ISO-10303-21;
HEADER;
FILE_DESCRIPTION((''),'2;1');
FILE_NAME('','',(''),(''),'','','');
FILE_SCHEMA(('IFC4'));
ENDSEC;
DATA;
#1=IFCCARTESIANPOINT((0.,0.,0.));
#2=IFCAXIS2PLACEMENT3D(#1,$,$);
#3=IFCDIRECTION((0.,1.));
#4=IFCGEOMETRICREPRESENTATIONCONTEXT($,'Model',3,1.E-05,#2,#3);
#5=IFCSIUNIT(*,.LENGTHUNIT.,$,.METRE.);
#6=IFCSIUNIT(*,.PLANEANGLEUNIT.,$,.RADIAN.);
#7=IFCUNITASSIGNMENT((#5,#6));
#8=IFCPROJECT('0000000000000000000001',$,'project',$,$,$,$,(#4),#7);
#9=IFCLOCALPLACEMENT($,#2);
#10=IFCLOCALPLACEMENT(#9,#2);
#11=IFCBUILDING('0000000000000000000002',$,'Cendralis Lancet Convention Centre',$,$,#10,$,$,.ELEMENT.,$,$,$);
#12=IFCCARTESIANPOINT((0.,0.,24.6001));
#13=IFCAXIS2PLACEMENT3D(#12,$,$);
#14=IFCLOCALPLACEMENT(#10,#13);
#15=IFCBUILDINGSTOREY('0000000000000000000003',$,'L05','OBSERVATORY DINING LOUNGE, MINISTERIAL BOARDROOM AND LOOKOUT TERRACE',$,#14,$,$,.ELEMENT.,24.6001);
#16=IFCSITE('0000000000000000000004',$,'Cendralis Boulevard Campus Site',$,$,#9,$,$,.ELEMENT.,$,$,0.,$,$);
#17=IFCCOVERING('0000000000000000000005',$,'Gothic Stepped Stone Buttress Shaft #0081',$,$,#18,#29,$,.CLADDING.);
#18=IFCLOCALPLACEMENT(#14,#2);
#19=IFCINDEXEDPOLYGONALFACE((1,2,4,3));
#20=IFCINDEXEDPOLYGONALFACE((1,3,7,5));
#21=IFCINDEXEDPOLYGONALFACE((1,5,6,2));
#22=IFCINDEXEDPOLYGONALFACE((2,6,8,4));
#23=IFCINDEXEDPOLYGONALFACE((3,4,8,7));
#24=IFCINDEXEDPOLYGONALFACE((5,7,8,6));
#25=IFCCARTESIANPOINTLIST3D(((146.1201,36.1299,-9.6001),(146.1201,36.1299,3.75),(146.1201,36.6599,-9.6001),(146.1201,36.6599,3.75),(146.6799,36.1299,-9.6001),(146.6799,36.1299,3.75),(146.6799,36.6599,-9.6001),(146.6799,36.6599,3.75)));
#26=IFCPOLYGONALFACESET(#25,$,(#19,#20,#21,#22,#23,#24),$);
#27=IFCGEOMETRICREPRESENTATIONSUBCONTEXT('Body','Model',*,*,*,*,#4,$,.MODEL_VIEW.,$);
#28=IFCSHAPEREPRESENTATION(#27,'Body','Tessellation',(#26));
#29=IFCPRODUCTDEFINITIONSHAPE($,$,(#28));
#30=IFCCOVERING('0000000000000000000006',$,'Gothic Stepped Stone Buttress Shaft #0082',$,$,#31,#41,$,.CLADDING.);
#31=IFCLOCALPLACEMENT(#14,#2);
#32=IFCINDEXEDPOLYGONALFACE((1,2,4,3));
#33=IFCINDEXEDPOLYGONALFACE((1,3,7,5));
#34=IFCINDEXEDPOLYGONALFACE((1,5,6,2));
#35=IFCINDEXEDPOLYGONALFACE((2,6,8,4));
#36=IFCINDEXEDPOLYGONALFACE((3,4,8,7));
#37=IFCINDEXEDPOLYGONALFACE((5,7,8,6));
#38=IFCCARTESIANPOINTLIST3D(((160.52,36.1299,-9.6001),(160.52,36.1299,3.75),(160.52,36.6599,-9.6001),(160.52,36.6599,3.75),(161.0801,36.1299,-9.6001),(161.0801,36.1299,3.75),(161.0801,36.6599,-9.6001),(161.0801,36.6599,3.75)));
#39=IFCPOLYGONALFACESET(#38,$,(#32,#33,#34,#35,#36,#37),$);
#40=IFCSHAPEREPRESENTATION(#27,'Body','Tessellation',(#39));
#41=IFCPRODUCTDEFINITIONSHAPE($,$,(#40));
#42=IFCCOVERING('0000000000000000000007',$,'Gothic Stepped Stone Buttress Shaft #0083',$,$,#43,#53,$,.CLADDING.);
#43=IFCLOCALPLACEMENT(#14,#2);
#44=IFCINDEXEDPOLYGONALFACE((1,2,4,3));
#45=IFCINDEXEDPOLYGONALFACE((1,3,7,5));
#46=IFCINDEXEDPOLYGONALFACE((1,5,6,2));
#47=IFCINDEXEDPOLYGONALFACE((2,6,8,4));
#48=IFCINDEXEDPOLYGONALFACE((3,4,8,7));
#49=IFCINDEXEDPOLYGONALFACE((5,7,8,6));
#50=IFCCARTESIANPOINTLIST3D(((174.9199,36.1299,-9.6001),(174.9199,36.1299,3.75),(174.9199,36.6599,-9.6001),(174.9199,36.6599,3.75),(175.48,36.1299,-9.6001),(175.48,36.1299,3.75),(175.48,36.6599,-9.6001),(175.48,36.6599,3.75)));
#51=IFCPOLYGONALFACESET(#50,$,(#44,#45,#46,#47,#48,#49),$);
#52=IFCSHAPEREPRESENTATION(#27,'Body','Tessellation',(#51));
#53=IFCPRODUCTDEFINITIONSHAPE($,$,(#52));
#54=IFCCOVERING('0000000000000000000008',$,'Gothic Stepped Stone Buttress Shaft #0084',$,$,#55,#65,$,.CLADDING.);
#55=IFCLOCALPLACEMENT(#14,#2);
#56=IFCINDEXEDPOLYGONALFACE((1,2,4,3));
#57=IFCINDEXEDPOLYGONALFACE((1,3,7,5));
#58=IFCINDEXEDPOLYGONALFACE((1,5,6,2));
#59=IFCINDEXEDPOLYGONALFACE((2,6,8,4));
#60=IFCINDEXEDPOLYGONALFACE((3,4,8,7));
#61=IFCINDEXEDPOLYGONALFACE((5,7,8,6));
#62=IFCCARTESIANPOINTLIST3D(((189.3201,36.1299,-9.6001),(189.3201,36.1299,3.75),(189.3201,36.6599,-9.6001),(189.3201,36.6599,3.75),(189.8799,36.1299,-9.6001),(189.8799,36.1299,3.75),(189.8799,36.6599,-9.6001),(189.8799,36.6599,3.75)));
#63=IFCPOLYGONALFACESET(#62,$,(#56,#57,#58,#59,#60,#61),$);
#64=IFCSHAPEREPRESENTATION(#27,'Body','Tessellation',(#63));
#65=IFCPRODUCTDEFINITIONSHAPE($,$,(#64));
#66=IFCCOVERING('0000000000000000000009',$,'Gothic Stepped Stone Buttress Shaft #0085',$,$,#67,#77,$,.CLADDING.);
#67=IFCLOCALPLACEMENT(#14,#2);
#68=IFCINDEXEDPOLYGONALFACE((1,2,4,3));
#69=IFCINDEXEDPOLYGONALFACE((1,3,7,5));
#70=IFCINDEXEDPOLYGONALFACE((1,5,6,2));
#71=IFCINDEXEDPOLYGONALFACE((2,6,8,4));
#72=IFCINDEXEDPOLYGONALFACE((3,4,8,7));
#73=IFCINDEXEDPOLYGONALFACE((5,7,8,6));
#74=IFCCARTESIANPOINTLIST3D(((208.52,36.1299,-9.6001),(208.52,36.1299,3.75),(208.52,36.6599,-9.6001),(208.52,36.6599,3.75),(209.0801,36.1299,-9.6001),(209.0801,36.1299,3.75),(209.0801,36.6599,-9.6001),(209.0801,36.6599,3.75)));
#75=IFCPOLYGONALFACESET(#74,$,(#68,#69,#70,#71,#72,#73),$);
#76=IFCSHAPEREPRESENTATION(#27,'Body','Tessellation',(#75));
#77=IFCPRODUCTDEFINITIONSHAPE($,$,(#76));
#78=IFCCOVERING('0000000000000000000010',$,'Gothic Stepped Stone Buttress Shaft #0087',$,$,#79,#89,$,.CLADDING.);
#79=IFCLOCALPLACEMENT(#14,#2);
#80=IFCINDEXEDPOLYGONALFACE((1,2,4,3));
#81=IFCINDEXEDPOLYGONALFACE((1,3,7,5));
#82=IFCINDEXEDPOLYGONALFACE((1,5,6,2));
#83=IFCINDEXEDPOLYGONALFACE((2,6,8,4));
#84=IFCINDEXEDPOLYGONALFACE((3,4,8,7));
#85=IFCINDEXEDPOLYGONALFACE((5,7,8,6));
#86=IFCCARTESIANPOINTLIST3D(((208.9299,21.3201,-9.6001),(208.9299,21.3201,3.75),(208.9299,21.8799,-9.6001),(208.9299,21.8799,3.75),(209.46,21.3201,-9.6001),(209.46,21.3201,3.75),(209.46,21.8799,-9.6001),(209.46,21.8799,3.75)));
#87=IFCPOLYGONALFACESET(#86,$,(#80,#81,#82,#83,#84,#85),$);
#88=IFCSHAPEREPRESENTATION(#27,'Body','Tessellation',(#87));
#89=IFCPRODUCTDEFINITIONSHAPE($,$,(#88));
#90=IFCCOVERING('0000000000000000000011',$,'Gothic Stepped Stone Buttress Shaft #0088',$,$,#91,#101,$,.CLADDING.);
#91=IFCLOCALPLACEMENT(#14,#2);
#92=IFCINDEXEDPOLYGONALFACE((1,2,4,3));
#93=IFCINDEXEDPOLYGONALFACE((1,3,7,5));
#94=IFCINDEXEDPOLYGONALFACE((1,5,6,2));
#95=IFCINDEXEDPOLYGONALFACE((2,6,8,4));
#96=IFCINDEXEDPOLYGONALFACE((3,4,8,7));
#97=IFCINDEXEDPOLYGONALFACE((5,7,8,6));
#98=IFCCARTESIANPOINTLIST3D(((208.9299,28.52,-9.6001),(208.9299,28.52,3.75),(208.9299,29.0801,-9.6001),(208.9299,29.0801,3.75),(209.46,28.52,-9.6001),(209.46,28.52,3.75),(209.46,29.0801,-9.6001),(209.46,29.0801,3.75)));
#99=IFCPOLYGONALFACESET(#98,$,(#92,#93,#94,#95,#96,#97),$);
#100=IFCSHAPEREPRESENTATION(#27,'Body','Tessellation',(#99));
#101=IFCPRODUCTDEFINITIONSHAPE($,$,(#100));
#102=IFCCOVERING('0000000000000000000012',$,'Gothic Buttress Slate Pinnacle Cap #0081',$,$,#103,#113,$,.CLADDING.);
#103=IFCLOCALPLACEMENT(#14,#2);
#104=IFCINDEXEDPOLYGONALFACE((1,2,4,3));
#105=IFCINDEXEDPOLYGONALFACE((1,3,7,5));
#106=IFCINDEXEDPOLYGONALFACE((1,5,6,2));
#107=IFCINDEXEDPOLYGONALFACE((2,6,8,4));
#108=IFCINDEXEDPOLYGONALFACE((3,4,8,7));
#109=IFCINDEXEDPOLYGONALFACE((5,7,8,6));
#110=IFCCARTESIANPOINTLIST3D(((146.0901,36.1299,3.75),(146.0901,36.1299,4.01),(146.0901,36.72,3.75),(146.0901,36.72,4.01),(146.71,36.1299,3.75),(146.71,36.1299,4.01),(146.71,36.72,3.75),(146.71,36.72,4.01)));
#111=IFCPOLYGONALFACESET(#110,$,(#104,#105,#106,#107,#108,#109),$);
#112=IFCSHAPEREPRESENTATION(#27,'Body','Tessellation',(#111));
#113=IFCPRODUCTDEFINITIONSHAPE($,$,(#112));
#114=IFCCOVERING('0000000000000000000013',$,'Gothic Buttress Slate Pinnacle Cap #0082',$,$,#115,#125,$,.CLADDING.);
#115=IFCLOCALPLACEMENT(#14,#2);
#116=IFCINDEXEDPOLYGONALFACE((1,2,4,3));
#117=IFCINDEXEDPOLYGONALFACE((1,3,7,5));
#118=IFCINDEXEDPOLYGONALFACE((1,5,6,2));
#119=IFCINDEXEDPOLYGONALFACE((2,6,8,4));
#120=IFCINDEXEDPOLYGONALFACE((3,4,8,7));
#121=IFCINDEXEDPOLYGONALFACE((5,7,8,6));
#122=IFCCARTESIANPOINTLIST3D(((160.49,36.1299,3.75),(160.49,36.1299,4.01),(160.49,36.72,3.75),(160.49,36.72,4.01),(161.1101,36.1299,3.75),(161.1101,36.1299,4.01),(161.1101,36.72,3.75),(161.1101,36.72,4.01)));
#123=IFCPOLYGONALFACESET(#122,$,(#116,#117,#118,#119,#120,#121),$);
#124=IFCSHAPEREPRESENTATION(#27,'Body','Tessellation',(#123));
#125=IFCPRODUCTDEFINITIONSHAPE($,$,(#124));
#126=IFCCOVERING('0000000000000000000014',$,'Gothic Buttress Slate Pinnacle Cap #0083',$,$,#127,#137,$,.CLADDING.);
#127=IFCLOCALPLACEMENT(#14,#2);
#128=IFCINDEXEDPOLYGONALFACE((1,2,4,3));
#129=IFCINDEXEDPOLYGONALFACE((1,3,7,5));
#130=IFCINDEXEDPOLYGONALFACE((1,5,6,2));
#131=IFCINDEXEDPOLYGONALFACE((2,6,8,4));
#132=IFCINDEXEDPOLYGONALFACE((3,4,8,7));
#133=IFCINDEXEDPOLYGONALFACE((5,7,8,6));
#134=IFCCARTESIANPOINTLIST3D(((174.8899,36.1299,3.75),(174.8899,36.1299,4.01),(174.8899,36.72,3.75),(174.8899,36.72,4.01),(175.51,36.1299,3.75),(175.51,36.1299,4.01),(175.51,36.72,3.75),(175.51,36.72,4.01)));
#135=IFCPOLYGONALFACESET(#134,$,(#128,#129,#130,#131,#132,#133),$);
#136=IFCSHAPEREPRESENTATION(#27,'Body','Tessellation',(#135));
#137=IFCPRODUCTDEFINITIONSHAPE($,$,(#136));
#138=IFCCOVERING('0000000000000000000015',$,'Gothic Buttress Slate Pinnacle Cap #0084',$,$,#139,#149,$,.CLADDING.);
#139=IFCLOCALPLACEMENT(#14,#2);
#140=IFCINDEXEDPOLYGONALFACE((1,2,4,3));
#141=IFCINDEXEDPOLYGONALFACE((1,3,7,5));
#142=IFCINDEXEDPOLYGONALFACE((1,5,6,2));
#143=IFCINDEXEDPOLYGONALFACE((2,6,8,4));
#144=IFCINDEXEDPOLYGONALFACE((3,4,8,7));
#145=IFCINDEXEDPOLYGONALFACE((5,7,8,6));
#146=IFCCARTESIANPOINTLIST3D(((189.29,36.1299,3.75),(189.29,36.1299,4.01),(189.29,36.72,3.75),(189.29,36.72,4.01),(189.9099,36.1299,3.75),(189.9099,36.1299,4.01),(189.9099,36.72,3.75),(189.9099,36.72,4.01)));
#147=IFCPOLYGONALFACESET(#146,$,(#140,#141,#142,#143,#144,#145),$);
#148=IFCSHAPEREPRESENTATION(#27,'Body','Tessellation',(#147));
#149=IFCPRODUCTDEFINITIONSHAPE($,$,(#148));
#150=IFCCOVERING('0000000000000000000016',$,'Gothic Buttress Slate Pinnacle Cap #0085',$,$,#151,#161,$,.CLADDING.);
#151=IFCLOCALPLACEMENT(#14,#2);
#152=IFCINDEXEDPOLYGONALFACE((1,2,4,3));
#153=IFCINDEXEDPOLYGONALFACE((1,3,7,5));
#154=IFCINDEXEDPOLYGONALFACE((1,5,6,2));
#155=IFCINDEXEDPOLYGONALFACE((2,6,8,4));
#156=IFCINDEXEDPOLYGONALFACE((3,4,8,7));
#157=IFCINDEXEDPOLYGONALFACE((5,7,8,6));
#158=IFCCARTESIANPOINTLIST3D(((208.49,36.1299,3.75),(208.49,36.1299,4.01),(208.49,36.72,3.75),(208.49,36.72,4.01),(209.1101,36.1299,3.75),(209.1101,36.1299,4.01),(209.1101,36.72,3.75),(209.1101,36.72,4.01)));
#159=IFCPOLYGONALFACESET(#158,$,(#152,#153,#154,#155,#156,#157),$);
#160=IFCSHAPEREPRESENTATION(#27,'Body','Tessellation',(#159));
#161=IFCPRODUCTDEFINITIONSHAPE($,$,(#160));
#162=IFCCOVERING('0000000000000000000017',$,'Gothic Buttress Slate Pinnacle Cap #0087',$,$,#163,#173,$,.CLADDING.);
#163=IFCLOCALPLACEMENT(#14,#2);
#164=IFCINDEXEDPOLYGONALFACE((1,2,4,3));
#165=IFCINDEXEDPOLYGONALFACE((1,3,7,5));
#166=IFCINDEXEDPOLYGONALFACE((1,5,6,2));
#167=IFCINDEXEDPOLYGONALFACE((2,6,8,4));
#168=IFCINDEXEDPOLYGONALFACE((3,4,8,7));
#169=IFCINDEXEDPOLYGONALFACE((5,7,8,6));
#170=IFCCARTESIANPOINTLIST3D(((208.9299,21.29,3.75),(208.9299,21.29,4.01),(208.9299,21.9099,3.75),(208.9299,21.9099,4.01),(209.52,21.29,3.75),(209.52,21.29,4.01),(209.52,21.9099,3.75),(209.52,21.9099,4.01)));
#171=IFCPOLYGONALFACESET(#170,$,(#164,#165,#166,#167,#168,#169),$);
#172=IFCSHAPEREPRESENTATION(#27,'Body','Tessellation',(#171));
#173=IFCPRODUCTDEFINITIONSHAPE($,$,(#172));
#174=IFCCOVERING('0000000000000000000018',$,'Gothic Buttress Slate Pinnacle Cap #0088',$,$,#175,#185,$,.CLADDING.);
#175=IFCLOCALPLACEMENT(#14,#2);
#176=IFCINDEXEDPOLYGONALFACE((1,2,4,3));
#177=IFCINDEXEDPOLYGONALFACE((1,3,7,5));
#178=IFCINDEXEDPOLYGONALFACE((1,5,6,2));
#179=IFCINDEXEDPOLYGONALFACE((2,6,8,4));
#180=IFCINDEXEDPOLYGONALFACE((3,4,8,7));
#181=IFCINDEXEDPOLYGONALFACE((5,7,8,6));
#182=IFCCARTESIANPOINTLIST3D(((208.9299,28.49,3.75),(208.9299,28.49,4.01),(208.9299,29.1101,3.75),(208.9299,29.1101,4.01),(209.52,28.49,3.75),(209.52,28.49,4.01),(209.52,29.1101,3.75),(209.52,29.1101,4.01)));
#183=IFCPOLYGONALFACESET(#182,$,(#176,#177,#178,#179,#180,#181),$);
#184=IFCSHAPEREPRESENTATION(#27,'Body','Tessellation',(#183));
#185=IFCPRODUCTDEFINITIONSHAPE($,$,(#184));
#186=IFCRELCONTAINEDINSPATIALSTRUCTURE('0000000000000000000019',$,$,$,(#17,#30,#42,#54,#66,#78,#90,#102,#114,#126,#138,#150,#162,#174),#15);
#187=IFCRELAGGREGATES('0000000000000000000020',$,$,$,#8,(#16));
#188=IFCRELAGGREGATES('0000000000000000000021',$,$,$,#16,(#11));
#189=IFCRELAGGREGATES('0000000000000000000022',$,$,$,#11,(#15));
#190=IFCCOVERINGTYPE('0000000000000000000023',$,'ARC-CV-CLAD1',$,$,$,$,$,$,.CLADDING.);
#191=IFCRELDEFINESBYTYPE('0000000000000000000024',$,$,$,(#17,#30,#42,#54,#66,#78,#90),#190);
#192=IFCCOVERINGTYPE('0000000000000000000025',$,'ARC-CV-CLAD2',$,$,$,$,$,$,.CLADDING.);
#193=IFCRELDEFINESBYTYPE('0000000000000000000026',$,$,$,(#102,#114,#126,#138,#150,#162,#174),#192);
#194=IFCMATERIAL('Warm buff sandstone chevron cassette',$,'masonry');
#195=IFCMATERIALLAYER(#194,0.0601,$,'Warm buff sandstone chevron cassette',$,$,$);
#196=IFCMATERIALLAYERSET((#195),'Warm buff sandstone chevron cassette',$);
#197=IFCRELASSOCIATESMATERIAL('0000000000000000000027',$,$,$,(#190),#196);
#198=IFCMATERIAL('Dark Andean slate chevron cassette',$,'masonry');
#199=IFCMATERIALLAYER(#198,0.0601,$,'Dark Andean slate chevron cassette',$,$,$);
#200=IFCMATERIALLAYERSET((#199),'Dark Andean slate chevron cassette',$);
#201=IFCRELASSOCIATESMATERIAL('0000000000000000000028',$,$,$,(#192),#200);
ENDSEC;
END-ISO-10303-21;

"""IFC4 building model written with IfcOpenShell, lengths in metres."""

from ifc_helpers import new_model, si_unit, direction, frame, origin, place, context, subcontext, project, spatial, polyline, outline, extrude, material, layer, layer_set, type_object, element, save


model = new_model("IFC4")

# Units and contexts
model_context = context("Model", 3, precision=1e-05, world=origin(), true_north=direction((0.0, 1.0)))
body_context = subcontext(model_context, "Body", "Model", "MODEL_VIEW")
ifc_project = project(units=[si_unit("LENGTHUNIT", "METRE"), si_unit("PLANEANGLEUNIT", "RADIAN")], contexts=[model_context])

# Site, building, storey
site_placement = place(None, origin())
site = spatial("IfcSite", under=ifc_project, at=site_placement, Name="Cendralis Boulevard Campus Site", CompositionType="ELEMENT", RefElevation=0.0)
building_placement = place(site_placement, origin())
building = spatial("IfcBuilding", under=site, at=building_placement, Name="Cendralis Lancet Convention Centre", CompositionType="ELEMENT")
storey_placement = place(building_placement, frame((0.0, 0.0, 24.6001)))
storey = spatial("IfcBuildingStorey", under=building, at=storey_placement, Name="L05", Description="OBSERVATORY DINING LOUNGE, MINISTERIAL BOARDROOM AND LOOKOUT TERRACE", CompositionType="ELEMENT", Elevation=24.6001)

# Coverings
ifc_material_1 = material(Name="Warm buff sandstone chevron cassette", Category="masonry")
ifc_layer_1 = layer(ifc_material_1, 0.0601, Name="Warm buff sandstone chevron cassette")
ifc_layer_set_1 = layer_set([ifc_layer_1], Name="Warm buff sandstone chevron cassette")
covering_type_1 = type_object("IfcCoveringType", Name="ARC-CV-CLAD1", PredefinedType="CLADDING", material=ifc_layer_set_1)
covering_1_placement = place(storey_placement, frame((0.0, 0.0, -9.6001)))
element("IfcCovering", 1, at=covering_1_placement, inside=storey, type_object=covering_type_1, Name="Gothic Stepped Stone Buttress Shaft #0081", PredefinedType="CLADDING", context=body_context, shape_type="SweptSolid", body=[
    extrude(outline(polyline([(146.6799, 36.6599), (146.1201, 36.6599), (146.1201, 36.1299), (146.6799, 36.1299), (146.6799, 36.6599)])), origin(), (0.0, 0.0, 1.0), 13.3501),
])
covering_2_placement = place(storey_placement, frame((0.0, 0.0, -9.6001)))
element("IfcCovering", 2, at=covering_2_placement, inside=storey, type_object=covering_type_1, Name="Gothic Stepped Stone Buttress Shaft #0082", PredefinedType="CLADDING", context=body_context, shape_type="SweptSolid", body=[
    extrude(outline(polyline([(161.0801, 36.6599), (160.52, 36.6599), (160.52, 36.1299), (161.0801, 36.1299), (161.0801, 36.6599)])), origin(), (0.0, 0.0, 1.0), 13.3501),
])
covering_3_placement = place(storey_placement, frame((0.0, 0.0, -9.6001)))
element("IfcCovering", 3, at=covering_3_placement, inside=storey, type_object=covering_type_1, Name="Gothic Stepped Stone Buttress Shaft #0083", PredefinedType="CLADDING", context=body_context, shape_type="SweptSolid", body=[
    extrude(outline(polyline([(175.48, 36.6599), (174.9199, 36.6599), (174.9199, 36.1299), (175.48, 36.1299), (175.48, 36.6599)])), origin(), (0.0, 0.0, 1.0), 13.3501),
])
covering_4_placement = place(storey_placement, frame((0.0, 0.0, -9.6001)))
element("IfcCovering", 4, at=covering_4_placement, inside=storey, type_object=covering_type_1, Name="Gothic Stepped Stone Buttress Shaft #0084", PredefinedType="CLADDING", context=body_context, shape_type="SweptSolid", body=[
    extrude(outline(polyline([(189.8799, 36.6599), (189.3201, 36.6599), (189.3201, 36.1299), (189.8799, 36.1299), (189.8799, 36.6599)])), origin(), (0.0, 0.0, 1.0), 13.3501),
])
covering_5_placement = place(storey_placement, frame((0.0, 0.0, -9.6001)))
element("IfcCovering", 5, at=covering_5_placement, inside=storey, type_object=covering_type_1, Name="Gothic Stepped Stone Buttress Shaft #0085", PredefinedType="CLADDING", context=body_context, shape_type="SweptSolid", body=[
    extrude(outline(polyline([(209.0801, 36.6599), (208.52, 36.6599), (208.52, 36.1299), (209.0801, 36.1299), (209.0801, 36.6599)])), origin(), (0.0, 0.0, 1.0), 13.3501),
])
covering_6_placement = place(storey_placement, frame((0.0, 0.0, -9.6001)))
element("IfcCovering", 6, at=covering_6_placement, inside=storey, type_object=covering_type_1, Name="Gothic Stepped Stone Buttress Shaft #0087", PredefinedType="CLADDING", context=body_context, shape_type="SweptSolid", body=[
    extrude(outline(polyline([(209.46, 21.3201), (209.46, 21.8799), (208.9299, 21.8799), (208.9299, 21.3201), (209.46, 21.3201)])), origin(), (0.0, 0.0, 1.0), 13.3501),
])
covering_7_placement = place(storey_placement, frame((0.0, 0.0, -9.6001)))
element("IfcCovering", 7, at=covering_7_placement, inside=storey, type_object=covering_type_1, Name="Gothic Stepped Stone Buttress Shaft #0088", PredefinedType="CLADDING", context=body_context, shape_type="SweptSolid", body=[
    extrude(outline(polyline([(209.46, 28.52), (209.46, 29.0801), (208.9299, 29.0801), (208.9299, 28.52), (209.46, 28.52)])), origin(), (0.0, 0.0, 1.0), 13.3501),
])
ifc_material_2 = material(Name="Dark Andean slate chevron cassette", Category="masonry")
ifc_layer_2 = layer(ifc_material_2, 0.0601, Name="Dark Andean slate chevron cassette")
ifc_layer_set_2 = layer_set([ifc_layer_2], Name="Dark Andean slate chevron cassette")
covering_type_2 = type_object("IfcCoveringType", Name="ARC-CV-CLAD2", PredefinedType="CLADDING", material=ifc_layer_set_2)
covering_8_placement = place(storey_placement, frame((0.0, 0.0, 3.75)))
element("IfcCovering", 8, at=covering_8_placement, inside=storey, type_object=covering_type_2, Name="Gothic Buttress Slate Pinnacle Cap #0081", PredefinedType="CLADDING", context=body_context, shape_type="SweptSolid", body=[
    extrude(outline(polyline([(146.71, 36.72), (146.0901, 36.72), (146.0901, 36.1299), (146.71, 36.1299), (146.71, 36.72)])), origin(), (0.0, 0.0, 1.0), 0.26),
])
covering_9_placement = place(storey_placement, frame((0.0, 0.0, 3.75)))
element("IfcCovering", 9, at=covering_9_placement, inside=storey, type_object=covering_type_2, Name="Gothic Buttress Slate Pinnacle Cap #0082", PredefinedType="CLADDING", context=body_context, shape_type="SweptSolid", body=[
    extrude(outline(polyline([(161.1101, 36.72), (160.49, 36.72), (160.49, 36.1299), (161.1101, 36.1299), (161.1101, 36.72)])), origin(), (0.0, 0.0, 1.0), 0.26),
])
covering_10_placement = place(storey_placement, frame((0.0, 0.0, 3.75)))
element("IfcCovering", 10, at=covering_10_placement, inside=storey, type_object=covering_type_2, Name="Gothic Buttress Slate Pinnacle Cap #0083", PredefinedType="CLADDING", context=body_context, shape_type="SweptSolid", body=[
    extrude(outline(polyline([(175.51, 36.72), (174.8899, 36.72), (174.8899, 36.1299), (175.51, 36.1299), (175.51, 36.72)])), origin(), (0.0, 0.0, 1.0), 0.26),
])
covering_11_placement = place(storey_placement, frame((0.0, 0.0, 3.75)))
element("IfcCovering", 11, at=covering_11_placement, inside=storey, type_object=covering_type_2, Name="Gothic Buttress Slate Pinnacle Cap #0084", PredefinedType="CLADDING", context=body_context, shape_type="SweptSolid", body=[
    extrude(outline(polyline([(189.9099, 36.72), (189.29, 36.72), (189.29, 36.1299), (189.9099, 36.1299), (189.9099, 36.72)])), origin(), (0.0, 0.0, 1.0), 0.26),
])
covering_12_placement = place(storey_placement, frame((0.0, 0.0, 3.75)))
element("IfcCovering", 12, at=covering_12_placement, inside=storey, type_object=covering_type_2, Name="Gothic Buttress Slate Pinnacle Cap #0085", PredefinedType="CLADDING", context=body_context, shape_type="SweptSolid", body=[
    extrude(outline(polyline([(209.1101, 36.72), (208.49, 36.72), (208.49, 36.1299), (209.1101, 36.1299), (209.1101, 36.72)])), origin(), (0.0, 0.0, 1.0), 0.26),
])
covering_13_placement = place(storey_placement, frame((0.0, 0.0, 3.75)))
element("IfcCovering", 13, at=covering_13_placement, inside=storey, type_object=covering_type_2, Name="Gothic Buttress Slate Pinnacle Cap #0087", PredefinedType="CLADDING", context=body_context, shape_type="SweptSolid", body=[
    extrude(outline(polyline([(209.52, 21.29), (209.52, 21.9099), (208.9299, 21.9099), (208.9299, 21.29), (209.52, 21.29)])), origin(), (0.0, 0.0, 1.0), 0.26),
])
covering_14_placement = place(storey_placement, frame((0.0, 0.0, 3.75)))
element("IfcCovering", 14, at=covering_14_placement, inside=storey, type_object=covering_type_2, Name="Gothic Buttress Slate Pinnacle Cap #0088", PredefinedType="CLADDING", context=body_context, shape_type="SweptSolid", body=[
    extrude(outline(polyline([(209.52, 28.49), (209.52, 29.1101), (208.9299, 29.1101), (208.9299, 28.49), (209.52, 28.49)])), origin(), (0.0, 0.0, 1.0), 0.26),
])

save(model, "model.ifc")
